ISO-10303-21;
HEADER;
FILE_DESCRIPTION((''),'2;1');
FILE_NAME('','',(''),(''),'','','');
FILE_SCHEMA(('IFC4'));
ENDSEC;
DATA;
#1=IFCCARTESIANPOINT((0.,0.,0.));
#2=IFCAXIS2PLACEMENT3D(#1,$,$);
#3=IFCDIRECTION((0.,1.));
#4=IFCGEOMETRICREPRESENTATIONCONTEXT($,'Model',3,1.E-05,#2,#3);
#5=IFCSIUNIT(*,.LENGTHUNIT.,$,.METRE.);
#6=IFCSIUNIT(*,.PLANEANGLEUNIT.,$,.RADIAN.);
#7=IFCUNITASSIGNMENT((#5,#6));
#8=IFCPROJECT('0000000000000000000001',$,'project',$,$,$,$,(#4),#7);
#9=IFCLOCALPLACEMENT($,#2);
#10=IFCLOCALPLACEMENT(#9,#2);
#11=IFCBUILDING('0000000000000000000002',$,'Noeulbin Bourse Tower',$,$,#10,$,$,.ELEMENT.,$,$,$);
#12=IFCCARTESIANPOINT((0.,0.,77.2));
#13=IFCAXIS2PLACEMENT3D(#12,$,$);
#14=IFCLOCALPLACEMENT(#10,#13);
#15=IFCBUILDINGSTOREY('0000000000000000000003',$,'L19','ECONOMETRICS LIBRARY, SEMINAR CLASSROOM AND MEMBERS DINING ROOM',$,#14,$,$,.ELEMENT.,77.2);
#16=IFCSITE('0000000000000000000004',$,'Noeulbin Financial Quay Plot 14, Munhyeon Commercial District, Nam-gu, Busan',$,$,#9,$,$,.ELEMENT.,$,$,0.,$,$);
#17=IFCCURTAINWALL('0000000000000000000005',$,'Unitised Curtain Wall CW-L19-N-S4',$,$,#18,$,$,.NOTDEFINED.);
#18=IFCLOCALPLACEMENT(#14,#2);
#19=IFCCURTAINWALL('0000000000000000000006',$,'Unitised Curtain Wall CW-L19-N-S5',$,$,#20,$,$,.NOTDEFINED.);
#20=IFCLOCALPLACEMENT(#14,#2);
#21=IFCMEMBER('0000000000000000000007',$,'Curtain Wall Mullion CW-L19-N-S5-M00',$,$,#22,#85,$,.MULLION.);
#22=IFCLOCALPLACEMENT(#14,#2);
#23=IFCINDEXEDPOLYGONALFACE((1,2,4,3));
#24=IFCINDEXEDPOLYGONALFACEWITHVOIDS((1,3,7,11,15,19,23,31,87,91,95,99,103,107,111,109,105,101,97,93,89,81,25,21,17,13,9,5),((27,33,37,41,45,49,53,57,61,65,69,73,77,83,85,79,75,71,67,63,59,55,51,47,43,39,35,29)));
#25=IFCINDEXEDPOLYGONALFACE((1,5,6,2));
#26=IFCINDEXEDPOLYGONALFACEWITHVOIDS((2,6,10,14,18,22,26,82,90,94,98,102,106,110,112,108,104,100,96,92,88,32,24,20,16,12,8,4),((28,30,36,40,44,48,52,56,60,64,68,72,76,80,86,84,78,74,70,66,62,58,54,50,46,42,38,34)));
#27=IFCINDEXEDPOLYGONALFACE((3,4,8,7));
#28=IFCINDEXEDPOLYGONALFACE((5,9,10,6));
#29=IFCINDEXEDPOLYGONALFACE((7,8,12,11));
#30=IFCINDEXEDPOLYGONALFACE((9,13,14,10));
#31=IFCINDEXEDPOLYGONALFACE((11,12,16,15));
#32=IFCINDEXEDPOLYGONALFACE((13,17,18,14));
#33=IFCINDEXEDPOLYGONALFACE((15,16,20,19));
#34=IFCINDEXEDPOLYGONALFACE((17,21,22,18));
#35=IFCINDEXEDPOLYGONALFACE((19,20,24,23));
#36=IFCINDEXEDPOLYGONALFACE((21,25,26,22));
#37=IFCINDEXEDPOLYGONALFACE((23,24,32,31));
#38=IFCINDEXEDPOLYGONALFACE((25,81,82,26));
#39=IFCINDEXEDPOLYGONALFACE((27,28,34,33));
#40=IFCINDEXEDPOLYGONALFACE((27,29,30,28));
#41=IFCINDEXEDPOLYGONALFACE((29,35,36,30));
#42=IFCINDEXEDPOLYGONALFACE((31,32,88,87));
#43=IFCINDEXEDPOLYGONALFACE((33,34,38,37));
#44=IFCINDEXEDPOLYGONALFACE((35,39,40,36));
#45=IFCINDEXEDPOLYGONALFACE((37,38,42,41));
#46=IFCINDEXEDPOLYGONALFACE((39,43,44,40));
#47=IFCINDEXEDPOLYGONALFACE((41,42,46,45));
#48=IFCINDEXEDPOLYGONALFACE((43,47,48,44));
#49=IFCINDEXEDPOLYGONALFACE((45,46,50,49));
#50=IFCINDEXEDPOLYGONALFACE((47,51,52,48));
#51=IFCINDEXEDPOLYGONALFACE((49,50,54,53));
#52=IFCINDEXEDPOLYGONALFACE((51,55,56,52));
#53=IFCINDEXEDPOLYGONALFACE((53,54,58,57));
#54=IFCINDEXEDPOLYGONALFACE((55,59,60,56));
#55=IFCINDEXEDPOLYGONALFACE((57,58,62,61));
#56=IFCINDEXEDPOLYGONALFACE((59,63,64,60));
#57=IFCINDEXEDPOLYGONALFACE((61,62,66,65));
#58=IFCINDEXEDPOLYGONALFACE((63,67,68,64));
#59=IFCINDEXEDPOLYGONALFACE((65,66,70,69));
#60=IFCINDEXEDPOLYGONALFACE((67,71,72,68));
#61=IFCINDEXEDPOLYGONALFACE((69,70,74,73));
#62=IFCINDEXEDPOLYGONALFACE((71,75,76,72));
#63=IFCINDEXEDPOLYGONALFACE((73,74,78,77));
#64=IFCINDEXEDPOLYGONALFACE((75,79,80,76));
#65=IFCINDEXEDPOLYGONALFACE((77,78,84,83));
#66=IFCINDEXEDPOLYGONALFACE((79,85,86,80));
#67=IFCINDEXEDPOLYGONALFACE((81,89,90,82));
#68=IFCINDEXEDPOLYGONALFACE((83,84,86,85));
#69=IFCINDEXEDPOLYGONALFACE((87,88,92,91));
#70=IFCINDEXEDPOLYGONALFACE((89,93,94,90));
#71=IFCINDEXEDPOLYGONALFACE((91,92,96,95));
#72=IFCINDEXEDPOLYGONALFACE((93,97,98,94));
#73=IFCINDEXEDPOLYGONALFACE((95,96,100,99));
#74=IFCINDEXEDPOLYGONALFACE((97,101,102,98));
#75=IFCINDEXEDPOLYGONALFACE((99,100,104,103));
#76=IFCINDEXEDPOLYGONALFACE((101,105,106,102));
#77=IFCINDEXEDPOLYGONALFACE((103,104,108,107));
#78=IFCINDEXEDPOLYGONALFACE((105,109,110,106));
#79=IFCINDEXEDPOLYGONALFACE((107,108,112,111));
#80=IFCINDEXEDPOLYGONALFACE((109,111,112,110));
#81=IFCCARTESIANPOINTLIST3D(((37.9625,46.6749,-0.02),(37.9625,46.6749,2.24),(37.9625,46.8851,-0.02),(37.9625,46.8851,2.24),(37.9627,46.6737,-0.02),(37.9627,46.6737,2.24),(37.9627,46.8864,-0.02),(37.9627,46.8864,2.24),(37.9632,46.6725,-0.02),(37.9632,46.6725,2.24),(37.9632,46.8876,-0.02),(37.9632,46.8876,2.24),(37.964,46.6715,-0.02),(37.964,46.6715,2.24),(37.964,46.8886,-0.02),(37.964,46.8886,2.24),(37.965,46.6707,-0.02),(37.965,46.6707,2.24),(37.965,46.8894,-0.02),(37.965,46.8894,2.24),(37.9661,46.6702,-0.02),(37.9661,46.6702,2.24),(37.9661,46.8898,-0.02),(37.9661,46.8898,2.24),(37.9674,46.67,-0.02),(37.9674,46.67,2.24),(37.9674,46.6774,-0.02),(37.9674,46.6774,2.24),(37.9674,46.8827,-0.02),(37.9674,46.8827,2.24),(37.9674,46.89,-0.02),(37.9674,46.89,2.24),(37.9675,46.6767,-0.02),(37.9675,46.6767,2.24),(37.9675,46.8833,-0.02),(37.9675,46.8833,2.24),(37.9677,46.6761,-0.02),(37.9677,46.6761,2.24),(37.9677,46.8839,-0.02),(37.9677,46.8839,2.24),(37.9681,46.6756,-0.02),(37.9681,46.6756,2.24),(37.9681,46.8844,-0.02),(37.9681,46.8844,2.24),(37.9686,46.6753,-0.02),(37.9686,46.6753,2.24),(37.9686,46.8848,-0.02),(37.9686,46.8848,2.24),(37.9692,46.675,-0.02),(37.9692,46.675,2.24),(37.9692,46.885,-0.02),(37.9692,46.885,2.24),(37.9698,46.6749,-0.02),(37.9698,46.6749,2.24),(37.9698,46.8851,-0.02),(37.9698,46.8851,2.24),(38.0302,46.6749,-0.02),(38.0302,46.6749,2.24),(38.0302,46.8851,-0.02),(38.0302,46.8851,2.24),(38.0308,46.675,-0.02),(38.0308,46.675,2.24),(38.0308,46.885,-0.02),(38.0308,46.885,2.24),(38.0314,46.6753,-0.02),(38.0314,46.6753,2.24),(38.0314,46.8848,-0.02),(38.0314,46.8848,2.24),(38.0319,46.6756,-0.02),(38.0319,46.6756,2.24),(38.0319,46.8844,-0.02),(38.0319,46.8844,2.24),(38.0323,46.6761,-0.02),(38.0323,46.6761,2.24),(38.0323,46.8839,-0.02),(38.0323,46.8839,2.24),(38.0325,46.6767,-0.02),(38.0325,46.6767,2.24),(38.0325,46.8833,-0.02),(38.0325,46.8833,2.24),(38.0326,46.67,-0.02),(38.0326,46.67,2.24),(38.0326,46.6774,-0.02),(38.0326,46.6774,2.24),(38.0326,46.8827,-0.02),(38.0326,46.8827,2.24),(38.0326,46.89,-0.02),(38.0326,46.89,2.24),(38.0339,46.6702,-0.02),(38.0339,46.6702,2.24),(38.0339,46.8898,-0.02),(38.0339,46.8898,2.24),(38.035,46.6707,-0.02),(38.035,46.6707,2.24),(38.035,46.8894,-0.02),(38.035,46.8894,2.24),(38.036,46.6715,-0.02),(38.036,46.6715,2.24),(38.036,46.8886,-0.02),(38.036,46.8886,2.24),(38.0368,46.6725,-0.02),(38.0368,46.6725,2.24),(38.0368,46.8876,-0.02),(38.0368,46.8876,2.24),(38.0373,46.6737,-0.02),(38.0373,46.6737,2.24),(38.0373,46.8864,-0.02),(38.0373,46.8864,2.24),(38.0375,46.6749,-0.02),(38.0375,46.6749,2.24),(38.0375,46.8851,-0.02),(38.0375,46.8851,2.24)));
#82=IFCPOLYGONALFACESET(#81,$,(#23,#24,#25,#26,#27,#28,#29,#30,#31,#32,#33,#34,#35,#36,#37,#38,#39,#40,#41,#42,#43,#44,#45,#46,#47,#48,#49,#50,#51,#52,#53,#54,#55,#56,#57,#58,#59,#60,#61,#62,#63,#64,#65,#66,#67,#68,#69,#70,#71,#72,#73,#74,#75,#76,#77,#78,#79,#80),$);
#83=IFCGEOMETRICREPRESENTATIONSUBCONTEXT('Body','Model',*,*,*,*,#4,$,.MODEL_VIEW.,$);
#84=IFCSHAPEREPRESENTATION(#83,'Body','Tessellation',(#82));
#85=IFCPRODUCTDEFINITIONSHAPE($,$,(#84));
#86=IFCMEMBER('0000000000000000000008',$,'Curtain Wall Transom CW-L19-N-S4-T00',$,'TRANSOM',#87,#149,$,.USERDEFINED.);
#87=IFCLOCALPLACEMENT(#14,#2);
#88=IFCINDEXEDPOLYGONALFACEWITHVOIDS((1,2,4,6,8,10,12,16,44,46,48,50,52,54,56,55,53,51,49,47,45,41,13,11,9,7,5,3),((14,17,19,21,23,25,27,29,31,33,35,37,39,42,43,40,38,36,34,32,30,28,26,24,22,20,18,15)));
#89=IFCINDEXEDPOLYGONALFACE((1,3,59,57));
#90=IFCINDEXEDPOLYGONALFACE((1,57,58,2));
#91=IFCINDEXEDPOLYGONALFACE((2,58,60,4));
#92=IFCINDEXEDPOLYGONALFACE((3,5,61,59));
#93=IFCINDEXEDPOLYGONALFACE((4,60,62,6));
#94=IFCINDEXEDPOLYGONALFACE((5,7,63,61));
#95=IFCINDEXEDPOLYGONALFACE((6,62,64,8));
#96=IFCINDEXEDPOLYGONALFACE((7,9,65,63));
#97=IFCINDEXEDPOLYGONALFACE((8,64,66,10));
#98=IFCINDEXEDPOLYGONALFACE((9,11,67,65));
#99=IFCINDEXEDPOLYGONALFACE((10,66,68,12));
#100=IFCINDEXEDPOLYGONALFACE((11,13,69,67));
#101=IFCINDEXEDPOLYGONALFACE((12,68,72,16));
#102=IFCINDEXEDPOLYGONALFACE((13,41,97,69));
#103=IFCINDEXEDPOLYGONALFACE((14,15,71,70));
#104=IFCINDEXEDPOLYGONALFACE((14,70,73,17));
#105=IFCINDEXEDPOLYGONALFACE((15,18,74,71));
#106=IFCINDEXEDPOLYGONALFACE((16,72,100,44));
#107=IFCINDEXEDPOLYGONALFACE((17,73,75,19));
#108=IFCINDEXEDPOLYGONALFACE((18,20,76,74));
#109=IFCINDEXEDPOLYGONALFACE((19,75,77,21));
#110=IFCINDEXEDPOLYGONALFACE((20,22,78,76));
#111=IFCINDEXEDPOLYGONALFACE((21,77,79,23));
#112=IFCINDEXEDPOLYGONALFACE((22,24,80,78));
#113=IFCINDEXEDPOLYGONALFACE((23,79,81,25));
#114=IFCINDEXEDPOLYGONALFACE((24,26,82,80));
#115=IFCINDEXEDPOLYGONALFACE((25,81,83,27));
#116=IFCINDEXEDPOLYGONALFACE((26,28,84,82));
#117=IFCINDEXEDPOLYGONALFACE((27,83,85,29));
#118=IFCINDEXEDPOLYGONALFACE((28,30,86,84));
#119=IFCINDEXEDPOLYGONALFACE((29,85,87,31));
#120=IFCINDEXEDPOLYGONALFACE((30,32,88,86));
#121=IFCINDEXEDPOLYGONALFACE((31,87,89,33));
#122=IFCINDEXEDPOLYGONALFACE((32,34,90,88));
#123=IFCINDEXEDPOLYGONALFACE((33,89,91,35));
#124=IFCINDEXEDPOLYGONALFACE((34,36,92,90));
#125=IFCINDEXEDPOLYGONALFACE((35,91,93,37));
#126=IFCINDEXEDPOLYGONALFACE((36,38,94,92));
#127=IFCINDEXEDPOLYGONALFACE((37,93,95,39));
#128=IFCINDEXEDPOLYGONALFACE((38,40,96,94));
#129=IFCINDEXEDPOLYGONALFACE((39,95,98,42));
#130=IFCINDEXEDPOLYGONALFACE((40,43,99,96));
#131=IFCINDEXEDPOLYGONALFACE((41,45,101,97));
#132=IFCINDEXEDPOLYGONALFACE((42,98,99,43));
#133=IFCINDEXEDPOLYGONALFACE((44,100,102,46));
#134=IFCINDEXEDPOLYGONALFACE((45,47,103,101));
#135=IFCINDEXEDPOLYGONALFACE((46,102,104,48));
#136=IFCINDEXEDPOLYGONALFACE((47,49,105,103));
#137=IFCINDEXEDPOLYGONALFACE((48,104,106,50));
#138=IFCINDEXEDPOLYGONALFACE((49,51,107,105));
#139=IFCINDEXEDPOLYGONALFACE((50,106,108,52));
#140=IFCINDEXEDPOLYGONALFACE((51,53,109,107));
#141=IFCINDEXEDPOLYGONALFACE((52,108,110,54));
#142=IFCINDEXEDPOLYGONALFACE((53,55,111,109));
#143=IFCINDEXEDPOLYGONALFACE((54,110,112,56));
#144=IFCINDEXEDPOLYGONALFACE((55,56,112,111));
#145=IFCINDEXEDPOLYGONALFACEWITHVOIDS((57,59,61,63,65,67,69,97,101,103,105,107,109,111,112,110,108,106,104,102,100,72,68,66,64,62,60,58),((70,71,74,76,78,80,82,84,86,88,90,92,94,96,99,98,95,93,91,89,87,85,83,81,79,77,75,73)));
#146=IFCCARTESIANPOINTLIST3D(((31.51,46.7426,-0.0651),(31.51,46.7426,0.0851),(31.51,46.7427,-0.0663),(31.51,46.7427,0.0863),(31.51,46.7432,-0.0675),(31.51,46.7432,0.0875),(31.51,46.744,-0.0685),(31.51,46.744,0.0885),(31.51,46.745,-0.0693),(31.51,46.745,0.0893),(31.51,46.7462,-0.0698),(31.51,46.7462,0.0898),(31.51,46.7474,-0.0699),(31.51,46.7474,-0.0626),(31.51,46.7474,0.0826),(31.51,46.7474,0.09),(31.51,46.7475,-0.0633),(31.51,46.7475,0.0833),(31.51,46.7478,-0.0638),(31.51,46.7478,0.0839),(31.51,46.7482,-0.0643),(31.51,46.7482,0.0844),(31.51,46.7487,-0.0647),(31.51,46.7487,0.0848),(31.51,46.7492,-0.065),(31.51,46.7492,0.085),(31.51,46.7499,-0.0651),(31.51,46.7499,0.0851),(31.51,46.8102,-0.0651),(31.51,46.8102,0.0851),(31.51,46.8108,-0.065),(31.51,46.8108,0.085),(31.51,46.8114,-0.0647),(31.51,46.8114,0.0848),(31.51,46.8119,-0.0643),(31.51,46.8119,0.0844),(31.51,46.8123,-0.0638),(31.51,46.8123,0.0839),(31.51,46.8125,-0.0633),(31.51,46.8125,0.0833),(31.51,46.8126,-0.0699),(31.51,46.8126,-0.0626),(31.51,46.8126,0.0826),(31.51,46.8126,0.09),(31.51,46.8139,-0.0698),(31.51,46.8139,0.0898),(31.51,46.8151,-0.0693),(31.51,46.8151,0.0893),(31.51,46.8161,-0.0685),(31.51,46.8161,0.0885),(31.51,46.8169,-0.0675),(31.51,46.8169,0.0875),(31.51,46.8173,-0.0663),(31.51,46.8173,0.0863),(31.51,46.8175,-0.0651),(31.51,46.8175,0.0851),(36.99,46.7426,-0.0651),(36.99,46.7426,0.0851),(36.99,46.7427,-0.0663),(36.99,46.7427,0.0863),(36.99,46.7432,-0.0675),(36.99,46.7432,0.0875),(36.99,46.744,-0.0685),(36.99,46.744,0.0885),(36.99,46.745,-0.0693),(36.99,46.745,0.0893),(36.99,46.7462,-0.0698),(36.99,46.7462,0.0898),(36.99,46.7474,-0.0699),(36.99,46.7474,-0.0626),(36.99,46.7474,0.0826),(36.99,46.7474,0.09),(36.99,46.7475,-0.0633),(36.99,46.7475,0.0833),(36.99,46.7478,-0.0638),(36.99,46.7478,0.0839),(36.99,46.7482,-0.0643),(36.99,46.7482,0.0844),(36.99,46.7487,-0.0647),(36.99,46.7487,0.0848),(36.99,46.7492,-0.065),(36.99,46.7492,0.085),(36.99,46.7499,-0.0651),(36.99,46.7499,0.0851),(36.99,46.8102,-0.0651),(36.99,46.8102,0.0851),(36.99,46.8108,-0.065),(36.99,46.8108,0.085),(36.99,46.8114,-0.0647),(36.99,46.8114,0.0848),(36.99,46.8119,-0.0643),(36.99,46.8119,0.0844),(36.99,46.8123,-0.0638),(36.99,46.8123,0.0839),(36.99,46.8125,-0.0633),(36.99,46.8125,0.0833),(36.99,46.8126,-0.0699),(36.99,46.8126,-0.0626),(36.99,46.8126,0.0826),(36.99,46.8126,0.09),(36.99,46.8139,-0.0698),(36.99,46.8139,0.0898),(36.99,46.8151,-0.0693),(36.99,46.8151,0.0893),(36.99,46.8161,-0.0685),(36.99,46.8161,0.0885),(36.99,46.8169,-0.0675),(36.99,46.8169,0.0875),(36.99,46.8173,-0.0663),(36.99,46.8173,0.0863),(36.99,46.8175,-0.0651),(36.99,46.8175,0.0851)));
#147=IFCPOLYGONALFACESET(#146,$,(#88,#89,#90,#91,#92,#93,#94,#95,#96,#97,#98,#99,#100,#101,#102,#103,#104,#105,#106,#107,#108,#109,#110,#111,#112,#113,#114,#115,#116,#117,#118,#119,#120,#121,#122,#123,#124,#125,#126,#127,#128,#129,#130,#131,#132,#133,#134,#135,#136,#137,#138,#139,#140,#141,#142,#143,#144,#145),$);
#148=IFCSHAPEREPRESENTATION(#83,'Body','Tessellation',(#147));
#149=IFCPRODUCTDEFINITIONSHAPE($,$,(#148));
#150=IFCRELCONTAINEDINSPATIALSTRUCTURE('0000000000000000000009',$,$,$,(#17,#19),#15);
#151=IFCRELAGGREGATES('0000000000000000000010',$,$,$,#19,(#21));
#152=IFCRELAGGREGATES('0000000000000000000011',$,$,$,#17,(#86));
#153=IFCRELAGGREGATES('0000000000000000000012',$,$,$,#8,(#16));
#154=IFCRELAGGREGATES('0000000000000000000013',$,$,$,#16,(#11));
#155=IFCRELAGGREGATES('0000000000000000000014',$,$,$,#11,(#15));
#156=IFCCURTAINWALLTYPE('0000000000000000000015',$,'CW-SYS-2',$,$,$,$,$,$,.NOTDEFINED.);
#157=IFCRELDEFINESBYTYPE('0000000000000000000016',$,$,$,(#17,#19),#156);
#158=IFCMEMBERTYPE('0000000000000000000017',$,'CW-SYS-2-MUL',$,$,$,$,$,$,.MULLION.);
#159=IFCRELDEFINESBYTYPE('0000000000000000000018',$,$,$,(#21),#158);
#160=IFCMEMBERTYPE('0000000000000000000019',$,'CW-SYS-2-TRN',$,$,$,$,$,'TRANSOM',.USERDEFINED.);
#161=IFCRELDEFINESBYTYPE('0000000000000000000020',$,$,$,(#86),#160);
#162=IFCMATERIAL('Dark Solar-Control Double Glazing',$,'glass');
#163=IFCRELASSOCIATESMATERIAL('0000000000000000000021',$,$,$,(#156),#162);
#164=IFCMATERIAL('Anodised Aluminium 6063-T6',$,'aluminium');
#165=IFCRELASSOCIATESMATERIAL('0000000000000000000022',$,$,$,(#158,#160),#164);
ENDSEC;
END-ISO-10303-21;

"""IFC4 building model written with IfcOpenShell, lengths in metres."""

from ifc_helpers import new_model, si_unit, direction, frame, origin, origin_2d, place, context, subcontext, project, spatial, hollow_rectangle, extrude, material, material_profile, profile_set, type_object, element, aggregate, save


model = new_model("IFC4")

# Units and contexts
model_context = context("Model", 3, precision=1e-05, world=origin(), true_north=direction((0.0, 1.0)))
body_context = subcontext(model_context, "Body", "Model", "MODEL_VIEW")
ifc_project = project(units=[si_unit("LENGTHUNIT", "METRE"), si_unit("PLANEANGLEUNIT", "RADIAN")], contexts=[model_context])

# Site, building, storey
site_placement = place(None, origin())
site = spatial("IfcSite", under=ifc_project, at=site_placement, Name="Noeulbin Financial Quay Plot 14, Munhyeon Commercial District, Nam-gu, Busan", CompositionType="ELEMENT", RefElevation=0.0)
building_placement = place(site_placement, origin())
building = spatial("IfcBuilding", under=site, at=building_placement, Name="Noeulbin Bourse Tower", CompositionType="ELEMENT")
storey_placement = place(building_placement, frame((0.0, 0.0, 77.2)))
storey = spatial("IfcBuildingStorey", under=building, at=storey_placement, Name="L19", Description="ECONOMETRICS LIBRARY, SEMINAR CLASSROOM AND MEMBERS DINING ROOM", CompositionType="ELEMENT", Elevation=77.2)

# Shared definitions
ifc_material_1 = material(Name="Dark Solar-Control Double Glazing", Category="glass")
curtain_wall_type = type_object("IfcCurtainWallType", Name="CW-SYS-2", PredefinedType="NOTDEFINED", material=ifc_material_1)
ifc_material_2 = material(Name="Anodised Aluminium 6063-T6", Category="aluminium")
ifc_material_profile_1 = material_profile(ifc_material_2, hollow_rectangle(XDim=0.075, YDim=0.22, WallThickness=0.0049, InnerFilletRadius=0.0024, OuterFilletRadius=0.0049, at=origin_2d()), Name="ALU-MULL-75x220x5", Category="LoadBearing")
ifc_profile_set_1 = profile_set([ifc_material_profile_1], Name="Anodised Aluminium 6063-T6")
member_type_1 = type_object("IfcMemberType", Name="CW-SYS-2-MUL", PredefinedType="MULLION", material=ifc_profile_set_1)

# Curtain wall
curtain_wall_1_placement = place(storey_placement, origin())
curtain_wall_1 = element("IfcCurtainWall", 1, at=curtain_wall_1_placement, inside=storey, type_object=curtain_wall_type, Name="Unitised Curtain Wall CW-L19-N-S4", PredefinedType="NOTDEFINED")

# Curtain wall, member
curtain_wall_2_placement = place(storey_placement, origin())
curtain_wall_2 = element("IfcCurtainWall", 2, at=curtain_wall_2_placement, inside=storey, type_object=curtain_wall_type, Name="Unitised Curtain Wall CW-L19-N-S5", PredefinedType="NOTDEFINED")
member_1_placement = place(storey_placement, frame((38.0, 46.78, -0.02), z_axis=(0.0, 0.0, 1.0), x_axis=(1.0, 0.0, 0.0)))
member_1 = element("IfcMember", 3, at=member_1_placement, type_object=member_type_1, Name="Curtain Wall Mullion CW-L19-N-S5-M00", PredefinedType="MULLION", context=body_context, shape_type="SweptSolid", body=[
    extrude(hollow_rectangle(XDim=0.075, YDim=0.22, WallThickness=0.0049, InnerFilletRadius=0.0024, OuterFilletRadius=0.0049, at=origin_2d()), origin(), (0.0, 0.0, 1.0), 2.26),
])

# Member
ifc_material_profile_2 = material_profile(ifc_material_2, hollow_rectangle(XDim=0.075, YDim=0.1599, WallThickness=0.0049, InnerFilletRadius=0.0024, OuterFilletRadius=0.0049, at=origin_2d()), Name="ALU-TRAN-75x160x5", Category="LoadBearing")
ifc_profile_set_2 = profile_set([ifc_material_profile_2], Name="Anodised Aluminium 6063-T6")
member_type_2 = type_object("IfcMemberType", Name="CW-SYS-2-TRN", ElementType="TRANSOM", PredefinedType="USERDEFINED", material=ifc_profile_set_2)
member_2_placement = place(storey_placement, frame((31.51, 46.78, 0.01), z_axis=(1.0, 0.0, 0.0), x_axis=(0.0, 1.0, 0.0)))
member_2 = element("IfcMember", 4, at=member_2_placement, type_object=member_type_2, Name="Curtain Wall Transom CW-L19-N-S4-T00", ObjectType="TRANSOM", PredefinedType="USERDEFINED", context=body_context, shape_type="SweptSolid", body=[
    extrude(hollow_rectangle(XDim=0.075, YDim=0.1599, WallThickness=0.0049, InnerFilletRadius=0.0024, OuterFilletRadius=0.0049, at=origin_2d()), origin(), (0.0, 0.0, 1.0), 5.48),
])
aggregate(curtain_wall_2, [member_1])

aggregate(curtain_wall_1, [member_2])

save(model, "model.ifc")
